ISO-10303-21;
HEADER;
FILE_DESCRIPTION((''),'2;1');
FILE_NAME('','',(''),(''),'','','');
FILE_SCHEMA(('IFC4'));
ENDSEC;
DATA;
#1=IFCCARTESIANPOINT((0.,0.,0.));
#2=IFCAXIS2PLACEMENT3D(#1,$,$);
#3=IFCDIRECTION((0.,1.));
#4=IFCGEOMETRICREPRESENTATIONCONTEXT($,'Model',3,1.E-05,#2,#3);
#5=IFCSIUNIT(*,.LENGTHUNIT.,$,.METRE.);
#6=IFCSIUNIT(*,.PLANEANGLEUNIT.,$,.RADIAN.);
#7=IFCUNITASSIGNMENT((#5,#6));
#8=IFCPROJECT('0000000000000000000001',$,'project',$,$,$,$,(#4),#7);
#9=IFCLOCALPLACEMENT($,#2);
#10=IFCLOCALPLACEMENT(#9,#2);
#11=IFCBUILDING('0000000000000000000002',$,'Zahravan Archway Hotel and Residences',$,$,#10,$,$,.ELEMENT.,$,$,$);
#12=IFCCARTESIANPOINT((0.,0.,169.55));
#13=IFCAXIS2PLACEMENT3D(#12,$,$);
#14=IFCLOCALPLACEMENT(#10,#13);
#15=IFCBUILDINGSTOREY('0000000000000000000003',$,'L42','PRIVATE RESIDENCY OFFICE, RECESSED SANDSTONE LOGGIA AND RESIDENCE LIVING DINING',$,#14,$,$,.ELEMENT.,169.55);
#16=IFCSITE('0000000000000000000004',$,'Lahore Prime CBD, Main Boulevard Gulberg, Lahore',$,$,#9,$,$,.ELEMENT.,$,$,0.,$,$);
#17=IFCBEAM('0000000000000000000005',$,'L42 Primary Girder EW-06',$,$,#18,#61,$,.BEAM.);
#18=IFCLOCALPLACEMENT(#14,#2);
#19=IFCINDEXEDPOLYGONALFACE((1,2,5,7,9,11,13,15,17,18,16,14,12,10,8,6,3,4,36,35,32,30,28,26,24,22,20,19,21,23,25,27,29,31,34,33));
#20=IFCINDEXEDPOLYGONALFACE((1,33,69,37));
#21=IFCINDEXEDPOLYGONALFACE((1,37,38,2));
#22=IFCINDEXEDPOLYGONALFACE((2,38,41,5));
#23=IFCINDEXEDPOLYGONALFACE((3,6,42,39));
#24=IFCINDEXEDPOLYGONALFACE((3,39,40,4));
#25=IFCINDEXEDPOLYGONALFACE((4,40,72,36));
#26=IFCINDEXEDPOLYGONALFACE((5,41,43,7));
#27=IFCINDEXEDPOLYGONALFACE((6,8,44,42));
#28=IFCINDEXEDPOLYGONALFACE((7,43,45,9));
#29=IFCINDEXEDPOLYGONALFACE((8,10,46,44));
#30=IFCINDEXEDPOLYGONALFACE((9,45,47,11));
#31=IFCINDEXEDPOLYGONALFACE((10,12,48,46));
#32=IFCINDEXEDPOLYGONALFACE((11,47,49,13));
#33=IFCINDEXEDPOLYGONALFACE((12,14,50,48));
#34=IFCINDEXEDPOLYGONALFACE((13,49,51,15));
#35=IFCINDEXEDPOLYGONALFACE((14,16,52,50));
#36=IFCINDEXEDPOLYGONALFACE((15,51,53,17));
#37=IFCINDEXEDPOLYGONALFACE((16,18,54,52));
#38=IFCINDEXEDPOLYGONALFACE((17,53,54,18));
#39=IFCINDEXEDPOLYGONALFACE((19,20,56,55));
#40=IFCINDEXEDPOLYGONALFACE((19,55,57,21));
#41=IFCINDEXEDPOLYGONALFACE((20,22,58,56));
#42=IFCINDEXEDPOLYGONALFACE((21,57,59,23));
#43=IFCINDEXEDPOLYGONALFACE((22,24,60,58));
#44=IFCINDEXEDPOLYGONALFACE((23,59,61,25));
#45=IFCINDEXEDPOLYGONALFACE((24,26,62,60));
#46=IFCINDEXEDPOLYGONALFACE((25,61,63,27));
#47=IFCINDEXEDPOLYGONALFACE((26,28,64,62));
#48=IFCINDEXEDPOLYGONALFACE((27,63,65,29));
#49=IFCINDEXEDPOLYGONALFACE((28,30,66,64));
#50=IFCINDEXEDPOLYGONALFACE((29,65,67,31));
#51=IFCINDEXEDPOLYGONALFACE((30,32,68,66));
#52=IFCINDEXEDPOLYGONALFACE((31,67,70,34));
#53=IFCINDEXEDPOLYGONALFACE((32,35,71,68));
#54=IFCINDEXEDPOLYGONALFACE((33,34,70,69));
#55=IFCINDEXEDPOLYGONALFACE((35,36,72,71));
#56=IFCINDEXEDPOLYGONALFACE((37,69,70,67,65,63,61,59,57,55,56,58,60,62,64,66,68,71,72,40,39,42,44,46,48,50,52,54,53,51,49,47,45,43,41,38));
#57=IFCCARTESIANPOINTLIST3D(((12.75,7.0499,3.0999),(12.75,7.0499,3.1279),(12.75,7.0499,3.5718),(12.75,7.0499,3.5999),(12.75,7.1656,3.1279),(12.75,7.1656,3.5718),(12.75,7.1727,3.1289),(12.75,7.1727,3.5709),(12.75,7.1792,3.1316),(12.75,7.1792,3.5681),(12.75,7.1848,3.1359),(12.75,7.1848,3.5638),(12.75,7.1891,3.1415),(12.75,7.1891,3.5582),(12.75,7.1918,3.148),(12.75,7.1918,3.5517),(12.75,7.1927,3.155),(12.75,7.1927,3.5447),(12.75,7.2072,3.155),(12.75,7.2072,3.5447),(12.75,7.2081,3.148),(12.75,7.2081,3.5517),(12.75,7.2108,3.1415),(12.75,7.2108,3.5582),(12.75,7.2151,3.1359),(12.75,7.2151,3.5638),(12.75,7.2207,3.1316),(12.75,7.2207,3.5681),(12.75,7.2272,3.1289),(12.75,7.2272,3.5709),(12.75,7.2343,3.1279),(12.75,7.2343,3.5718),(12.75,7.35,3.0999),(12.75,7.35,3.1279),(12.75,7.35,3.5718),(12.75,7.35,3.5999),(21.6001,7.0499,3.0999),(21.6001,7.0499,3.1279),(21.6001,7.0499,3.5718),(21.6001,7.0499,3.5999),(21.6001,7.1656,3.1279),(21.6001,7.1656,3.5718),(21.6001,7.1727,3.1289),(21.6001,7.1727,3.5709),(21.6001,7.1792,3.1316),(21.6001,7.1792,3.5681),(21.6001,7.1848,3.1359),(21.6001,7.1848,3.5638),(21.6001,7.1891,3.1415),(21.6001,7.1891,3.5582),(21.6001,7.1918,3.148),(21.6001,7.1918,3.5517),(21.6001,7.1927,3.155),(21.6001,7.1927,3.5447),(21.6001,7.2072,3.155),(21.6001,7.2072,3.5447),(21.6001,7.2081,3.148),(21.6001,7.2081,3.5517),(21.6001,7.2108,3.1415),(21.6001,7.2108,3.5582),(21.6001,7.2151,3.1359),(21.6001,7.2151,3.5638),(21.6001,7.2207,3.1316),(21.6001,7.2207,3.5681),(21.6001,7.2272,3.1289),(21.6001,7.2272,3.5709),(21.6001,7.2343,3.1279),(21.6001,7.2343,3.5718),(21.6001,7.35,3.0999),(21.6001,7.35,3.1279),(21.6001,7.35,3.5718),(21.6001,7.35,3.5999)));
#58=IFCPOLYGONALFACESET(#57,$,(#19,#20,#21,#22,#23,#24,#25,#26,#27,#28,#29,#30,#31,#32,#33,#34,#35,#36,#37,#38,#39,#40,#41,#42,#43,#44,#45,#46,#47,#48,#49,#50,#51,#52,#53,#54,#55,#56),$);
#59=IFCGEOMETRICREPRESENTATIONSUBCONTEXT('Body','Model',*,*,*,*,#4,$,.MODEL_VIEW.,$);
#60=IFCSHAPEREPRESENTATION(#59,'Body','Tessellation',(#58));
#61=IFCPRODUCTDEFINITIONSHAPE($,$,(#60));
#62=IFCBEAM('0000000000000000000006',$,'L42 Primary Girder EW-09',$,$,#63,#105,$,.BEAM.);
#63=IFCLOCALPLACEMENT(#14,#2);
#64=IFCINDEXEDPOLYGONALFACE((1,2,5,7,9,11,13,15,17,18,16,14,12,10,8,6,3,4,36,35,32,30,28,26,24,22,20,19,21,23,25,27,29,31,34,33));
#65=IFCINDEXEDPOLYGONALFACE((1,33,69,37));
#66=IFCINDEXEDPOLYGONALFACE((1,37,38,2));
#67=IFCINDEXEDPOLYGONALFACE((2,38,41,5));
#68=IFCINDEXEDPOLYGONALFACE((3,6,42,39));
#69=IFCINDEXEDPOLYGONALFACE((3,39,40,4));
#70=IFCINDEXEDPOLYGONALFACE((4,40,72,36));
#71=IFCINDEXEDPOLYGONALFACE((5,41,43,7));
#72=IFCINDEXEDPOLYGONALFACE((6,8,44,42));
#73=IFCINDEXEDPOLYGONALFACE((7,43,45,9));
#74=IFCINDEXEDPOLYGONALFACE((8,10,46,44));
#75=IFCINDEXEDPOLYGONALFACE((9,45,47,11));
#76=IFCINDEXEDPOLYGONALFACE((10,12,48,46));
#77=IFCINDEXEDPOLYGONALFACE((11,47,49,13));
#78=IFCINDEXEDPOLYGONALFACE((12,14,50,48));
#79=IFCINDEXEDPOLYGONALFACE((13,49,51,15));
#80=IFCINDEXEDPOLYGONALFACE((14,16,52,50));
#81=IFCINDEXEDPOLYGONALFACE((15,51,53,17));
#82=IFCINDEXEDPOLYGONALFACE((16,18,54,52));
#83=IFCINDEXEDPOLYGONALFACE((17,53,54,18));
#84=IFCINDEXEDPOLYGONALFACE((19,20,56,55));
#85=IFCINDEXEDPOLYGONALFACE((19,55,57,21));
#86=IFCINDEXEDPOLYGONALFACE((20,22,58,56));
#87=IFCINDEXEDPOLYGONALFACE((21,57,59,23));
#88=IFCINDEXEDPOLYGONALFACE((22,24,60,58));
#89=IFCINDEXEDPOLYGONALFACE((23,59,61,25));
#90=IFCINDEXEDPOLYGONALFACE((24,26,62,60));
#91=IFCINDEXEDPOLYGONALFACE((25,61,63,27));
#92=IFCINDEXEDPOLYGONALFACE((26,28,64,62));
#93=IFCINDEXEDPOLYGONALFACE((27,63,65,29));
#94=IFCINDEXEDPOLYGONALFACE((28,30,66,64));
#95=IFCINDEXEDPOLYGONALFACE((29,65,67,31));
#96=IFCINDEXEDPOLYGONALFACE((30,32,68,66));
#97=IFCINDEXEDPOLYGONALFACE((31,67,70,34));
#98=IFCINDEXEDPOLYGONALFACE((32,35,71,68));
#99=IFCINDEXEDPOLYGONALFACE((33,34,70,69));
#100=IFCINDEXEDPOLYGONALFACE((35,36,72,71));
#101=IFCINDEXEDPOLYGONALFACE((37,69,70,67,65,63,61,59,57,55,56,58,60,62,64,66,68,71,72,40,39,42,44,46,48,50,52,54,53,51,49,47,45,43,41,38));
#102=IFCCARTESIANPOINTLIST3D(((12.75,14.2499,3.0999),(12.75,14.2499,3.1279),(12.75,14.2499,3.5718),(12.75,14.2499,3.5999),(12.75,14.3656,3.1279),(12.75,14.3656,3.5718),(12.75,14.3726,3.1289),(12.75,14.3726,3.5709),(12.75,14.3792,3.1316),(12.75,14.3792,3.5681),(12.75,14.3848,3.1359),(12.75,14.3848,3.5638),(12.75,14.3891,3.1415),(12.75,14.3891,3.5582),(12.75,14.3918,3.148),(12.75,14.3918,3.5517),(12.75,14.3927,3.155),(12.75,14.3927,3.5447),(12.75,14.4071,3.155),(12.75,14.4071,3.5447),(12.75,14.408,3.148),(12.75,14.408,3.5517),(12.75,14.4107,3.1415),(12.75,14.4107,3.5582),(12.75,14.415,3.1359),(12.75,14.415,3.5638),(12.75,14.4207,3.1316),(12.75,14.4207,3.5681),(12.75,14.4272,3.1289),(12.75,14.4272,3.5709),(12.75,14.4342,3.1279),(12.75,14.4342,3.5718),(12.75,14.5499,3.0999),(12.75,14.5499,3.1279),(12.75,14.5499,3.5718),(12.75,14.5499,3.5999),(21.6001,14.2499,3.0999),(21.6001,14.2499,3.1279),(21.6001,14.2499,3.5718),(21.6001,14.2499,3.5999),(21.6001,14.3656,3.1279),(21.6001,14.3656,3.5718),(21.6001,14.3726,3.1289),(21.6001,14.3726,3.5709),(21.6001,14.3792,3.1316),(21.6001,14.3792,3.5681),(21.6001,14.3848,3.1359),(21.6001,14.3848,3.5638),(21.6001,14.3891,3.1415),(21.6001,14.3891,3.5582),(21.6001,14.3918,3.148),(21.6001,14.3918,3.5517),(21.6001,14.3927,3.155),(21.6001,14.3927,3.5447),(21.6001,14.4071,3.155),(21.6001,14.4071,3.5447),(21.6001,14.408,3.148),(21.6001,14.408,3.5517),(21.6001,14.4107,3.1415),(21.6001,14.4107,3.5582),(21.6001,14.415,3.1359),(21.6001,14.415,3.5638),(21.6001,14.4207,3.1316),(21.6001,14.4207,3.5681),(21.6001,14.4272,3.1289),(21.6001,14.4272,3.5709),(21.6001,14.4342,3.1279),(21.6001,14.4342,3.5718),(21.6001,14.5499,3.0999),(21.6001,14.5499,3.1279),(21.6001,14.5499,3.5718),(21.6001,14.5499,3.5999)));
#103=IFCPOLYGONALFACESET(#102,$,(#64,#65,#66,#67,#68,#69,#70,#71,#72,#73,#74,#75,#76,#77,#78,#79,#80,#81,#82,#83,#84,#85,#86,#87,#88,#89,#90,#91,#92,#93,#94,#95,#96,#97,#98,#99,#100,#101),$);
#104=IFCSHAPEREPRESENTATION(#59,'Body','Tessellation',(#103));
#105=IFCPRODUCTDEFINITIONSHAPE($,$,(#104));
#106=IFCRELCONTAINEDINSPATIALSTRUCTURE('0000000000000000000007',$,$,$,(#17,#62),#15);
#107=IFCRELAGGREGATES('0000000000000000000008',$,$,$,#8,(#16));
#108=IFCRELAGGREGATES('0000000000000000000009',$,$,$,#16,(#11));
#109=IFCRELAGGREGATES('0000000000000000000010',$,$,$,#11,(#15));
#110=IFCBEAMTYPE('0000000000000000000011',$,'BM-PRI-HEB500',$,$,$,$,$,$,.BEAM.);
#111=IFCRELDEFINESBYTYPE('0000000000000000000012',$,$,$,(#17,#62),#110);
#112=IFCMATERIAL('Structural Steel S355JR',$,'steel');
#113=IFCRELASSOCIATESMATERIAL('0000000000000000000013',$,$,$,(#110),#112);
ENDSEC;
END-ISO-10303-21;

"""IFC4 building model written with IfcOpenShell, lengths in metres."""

from ifc_helpers import new_model, si_unit, direction, frame, origin, origin_2d, place, context, subcontext, project, spatial, i_section, extrude, source, transform, mapped, material, material_profile, profile_set, type_object, element, save


model = new_model("IFC4")

# Units and contexts
model_context = context("Model", 3, precision=1e-05, world=origin(), true_north=direction((0.0, 1.0)))
body_context = subcontext(model_context, "Body", "Model", "MODEL_VIEW")
ifc_project = project(units=[si_unit("LENGTHUNIT", "METRE"), si_unit("PLANEANGLEUNIT", "RADIAN")], contexts=[model_context])

# Site, building, storey
site_placement = place(None, origin())
site = spatial("IfcSite", under=ifc_project, at=site_placement, Name="Lahore Prime CBD, Main Boulevard Gulberg, Lahore", CompositionType="ELEMENT", RefElevation=0.0)
building_placement = place(site_placement, origin())
building = spatial("IfcBuilding", under=site, at=building_placement, Name="Zahravan Archway Hotel and Residences", CompositionType="ELEMENT")
storey_placement = place(building_placement, frame((0.0, 0.0, 169.55)))
storey = spatial("IfcBuildingStorey", under=building, at=storey_placement, Name="L42", Description="PRIVATE RESIDENCY OFFICE, RECESSED SANDSTONE LOGGIA AND RESIDENCE LIVING DINING", CompositionType="ELEMENT", Elevation=169.55)

# Beams
ifc_material_1 = material(Name="Structural Steel S355JR", Category="steel")
ifc_material_profile_1 = material_profile(ifc_material_1, i_section(OverallWidth=0.3, OverallDepth=0.5, WebThickness=0.0144, FlangeThickness=0.0281, FilletRadius=0.0271, at=origin_2d()), Name="HEB 500", Category="steel")
ifc_profile_set_1 = profile_set([ifc_material_profile_1], Name="Structural Steel S355JR")
beam_type = type_object("IfcBeamType", Name="BM-PRI-HEB500", PredefinedType="BEAM", material=ifc_profile_set_1)
shared_shape_1 = source(origin(), body_context, "Body", "SweptSolid", [
    extrude(i_section(OverallWidth=0.3, OverallDepth=0.5, WebThickness=0.0144, FlangeThickness=0.0281, FilletRadius=0.0271, at=origin_2d()), origin(), (0.0, 0.0, 1.0), 8.8501),
])
for number, where, z_axis, x_axis, name in (
    (1, (12.75, 7.2, 3.3499), (1.0, 0.0, 0.0), (0.0, 1.0, 0.0), "L42 Primary Girder EW-06"),
    (2, (12.75, 14.3999, 3.3499), (1.0, 0.0, 0.0), (0.0, 1.0, 0.0), "L42 Primary Girder EW-09"),
):
    element("IfcBeam", number, at=place(storey_placement, frame(where, z_axis=z_axis, x_axis=x_axis)), inside=storey, type_object=beam_type, Name=name, PredefinedType="BEAM", context=body_context, shape_type="MappedRepresentation", body=[
        mapped(shared_shape_1, transform((0.0, 0.0, 0.0), scale=1.0)),
    ])

save(model, "model.ifc")
